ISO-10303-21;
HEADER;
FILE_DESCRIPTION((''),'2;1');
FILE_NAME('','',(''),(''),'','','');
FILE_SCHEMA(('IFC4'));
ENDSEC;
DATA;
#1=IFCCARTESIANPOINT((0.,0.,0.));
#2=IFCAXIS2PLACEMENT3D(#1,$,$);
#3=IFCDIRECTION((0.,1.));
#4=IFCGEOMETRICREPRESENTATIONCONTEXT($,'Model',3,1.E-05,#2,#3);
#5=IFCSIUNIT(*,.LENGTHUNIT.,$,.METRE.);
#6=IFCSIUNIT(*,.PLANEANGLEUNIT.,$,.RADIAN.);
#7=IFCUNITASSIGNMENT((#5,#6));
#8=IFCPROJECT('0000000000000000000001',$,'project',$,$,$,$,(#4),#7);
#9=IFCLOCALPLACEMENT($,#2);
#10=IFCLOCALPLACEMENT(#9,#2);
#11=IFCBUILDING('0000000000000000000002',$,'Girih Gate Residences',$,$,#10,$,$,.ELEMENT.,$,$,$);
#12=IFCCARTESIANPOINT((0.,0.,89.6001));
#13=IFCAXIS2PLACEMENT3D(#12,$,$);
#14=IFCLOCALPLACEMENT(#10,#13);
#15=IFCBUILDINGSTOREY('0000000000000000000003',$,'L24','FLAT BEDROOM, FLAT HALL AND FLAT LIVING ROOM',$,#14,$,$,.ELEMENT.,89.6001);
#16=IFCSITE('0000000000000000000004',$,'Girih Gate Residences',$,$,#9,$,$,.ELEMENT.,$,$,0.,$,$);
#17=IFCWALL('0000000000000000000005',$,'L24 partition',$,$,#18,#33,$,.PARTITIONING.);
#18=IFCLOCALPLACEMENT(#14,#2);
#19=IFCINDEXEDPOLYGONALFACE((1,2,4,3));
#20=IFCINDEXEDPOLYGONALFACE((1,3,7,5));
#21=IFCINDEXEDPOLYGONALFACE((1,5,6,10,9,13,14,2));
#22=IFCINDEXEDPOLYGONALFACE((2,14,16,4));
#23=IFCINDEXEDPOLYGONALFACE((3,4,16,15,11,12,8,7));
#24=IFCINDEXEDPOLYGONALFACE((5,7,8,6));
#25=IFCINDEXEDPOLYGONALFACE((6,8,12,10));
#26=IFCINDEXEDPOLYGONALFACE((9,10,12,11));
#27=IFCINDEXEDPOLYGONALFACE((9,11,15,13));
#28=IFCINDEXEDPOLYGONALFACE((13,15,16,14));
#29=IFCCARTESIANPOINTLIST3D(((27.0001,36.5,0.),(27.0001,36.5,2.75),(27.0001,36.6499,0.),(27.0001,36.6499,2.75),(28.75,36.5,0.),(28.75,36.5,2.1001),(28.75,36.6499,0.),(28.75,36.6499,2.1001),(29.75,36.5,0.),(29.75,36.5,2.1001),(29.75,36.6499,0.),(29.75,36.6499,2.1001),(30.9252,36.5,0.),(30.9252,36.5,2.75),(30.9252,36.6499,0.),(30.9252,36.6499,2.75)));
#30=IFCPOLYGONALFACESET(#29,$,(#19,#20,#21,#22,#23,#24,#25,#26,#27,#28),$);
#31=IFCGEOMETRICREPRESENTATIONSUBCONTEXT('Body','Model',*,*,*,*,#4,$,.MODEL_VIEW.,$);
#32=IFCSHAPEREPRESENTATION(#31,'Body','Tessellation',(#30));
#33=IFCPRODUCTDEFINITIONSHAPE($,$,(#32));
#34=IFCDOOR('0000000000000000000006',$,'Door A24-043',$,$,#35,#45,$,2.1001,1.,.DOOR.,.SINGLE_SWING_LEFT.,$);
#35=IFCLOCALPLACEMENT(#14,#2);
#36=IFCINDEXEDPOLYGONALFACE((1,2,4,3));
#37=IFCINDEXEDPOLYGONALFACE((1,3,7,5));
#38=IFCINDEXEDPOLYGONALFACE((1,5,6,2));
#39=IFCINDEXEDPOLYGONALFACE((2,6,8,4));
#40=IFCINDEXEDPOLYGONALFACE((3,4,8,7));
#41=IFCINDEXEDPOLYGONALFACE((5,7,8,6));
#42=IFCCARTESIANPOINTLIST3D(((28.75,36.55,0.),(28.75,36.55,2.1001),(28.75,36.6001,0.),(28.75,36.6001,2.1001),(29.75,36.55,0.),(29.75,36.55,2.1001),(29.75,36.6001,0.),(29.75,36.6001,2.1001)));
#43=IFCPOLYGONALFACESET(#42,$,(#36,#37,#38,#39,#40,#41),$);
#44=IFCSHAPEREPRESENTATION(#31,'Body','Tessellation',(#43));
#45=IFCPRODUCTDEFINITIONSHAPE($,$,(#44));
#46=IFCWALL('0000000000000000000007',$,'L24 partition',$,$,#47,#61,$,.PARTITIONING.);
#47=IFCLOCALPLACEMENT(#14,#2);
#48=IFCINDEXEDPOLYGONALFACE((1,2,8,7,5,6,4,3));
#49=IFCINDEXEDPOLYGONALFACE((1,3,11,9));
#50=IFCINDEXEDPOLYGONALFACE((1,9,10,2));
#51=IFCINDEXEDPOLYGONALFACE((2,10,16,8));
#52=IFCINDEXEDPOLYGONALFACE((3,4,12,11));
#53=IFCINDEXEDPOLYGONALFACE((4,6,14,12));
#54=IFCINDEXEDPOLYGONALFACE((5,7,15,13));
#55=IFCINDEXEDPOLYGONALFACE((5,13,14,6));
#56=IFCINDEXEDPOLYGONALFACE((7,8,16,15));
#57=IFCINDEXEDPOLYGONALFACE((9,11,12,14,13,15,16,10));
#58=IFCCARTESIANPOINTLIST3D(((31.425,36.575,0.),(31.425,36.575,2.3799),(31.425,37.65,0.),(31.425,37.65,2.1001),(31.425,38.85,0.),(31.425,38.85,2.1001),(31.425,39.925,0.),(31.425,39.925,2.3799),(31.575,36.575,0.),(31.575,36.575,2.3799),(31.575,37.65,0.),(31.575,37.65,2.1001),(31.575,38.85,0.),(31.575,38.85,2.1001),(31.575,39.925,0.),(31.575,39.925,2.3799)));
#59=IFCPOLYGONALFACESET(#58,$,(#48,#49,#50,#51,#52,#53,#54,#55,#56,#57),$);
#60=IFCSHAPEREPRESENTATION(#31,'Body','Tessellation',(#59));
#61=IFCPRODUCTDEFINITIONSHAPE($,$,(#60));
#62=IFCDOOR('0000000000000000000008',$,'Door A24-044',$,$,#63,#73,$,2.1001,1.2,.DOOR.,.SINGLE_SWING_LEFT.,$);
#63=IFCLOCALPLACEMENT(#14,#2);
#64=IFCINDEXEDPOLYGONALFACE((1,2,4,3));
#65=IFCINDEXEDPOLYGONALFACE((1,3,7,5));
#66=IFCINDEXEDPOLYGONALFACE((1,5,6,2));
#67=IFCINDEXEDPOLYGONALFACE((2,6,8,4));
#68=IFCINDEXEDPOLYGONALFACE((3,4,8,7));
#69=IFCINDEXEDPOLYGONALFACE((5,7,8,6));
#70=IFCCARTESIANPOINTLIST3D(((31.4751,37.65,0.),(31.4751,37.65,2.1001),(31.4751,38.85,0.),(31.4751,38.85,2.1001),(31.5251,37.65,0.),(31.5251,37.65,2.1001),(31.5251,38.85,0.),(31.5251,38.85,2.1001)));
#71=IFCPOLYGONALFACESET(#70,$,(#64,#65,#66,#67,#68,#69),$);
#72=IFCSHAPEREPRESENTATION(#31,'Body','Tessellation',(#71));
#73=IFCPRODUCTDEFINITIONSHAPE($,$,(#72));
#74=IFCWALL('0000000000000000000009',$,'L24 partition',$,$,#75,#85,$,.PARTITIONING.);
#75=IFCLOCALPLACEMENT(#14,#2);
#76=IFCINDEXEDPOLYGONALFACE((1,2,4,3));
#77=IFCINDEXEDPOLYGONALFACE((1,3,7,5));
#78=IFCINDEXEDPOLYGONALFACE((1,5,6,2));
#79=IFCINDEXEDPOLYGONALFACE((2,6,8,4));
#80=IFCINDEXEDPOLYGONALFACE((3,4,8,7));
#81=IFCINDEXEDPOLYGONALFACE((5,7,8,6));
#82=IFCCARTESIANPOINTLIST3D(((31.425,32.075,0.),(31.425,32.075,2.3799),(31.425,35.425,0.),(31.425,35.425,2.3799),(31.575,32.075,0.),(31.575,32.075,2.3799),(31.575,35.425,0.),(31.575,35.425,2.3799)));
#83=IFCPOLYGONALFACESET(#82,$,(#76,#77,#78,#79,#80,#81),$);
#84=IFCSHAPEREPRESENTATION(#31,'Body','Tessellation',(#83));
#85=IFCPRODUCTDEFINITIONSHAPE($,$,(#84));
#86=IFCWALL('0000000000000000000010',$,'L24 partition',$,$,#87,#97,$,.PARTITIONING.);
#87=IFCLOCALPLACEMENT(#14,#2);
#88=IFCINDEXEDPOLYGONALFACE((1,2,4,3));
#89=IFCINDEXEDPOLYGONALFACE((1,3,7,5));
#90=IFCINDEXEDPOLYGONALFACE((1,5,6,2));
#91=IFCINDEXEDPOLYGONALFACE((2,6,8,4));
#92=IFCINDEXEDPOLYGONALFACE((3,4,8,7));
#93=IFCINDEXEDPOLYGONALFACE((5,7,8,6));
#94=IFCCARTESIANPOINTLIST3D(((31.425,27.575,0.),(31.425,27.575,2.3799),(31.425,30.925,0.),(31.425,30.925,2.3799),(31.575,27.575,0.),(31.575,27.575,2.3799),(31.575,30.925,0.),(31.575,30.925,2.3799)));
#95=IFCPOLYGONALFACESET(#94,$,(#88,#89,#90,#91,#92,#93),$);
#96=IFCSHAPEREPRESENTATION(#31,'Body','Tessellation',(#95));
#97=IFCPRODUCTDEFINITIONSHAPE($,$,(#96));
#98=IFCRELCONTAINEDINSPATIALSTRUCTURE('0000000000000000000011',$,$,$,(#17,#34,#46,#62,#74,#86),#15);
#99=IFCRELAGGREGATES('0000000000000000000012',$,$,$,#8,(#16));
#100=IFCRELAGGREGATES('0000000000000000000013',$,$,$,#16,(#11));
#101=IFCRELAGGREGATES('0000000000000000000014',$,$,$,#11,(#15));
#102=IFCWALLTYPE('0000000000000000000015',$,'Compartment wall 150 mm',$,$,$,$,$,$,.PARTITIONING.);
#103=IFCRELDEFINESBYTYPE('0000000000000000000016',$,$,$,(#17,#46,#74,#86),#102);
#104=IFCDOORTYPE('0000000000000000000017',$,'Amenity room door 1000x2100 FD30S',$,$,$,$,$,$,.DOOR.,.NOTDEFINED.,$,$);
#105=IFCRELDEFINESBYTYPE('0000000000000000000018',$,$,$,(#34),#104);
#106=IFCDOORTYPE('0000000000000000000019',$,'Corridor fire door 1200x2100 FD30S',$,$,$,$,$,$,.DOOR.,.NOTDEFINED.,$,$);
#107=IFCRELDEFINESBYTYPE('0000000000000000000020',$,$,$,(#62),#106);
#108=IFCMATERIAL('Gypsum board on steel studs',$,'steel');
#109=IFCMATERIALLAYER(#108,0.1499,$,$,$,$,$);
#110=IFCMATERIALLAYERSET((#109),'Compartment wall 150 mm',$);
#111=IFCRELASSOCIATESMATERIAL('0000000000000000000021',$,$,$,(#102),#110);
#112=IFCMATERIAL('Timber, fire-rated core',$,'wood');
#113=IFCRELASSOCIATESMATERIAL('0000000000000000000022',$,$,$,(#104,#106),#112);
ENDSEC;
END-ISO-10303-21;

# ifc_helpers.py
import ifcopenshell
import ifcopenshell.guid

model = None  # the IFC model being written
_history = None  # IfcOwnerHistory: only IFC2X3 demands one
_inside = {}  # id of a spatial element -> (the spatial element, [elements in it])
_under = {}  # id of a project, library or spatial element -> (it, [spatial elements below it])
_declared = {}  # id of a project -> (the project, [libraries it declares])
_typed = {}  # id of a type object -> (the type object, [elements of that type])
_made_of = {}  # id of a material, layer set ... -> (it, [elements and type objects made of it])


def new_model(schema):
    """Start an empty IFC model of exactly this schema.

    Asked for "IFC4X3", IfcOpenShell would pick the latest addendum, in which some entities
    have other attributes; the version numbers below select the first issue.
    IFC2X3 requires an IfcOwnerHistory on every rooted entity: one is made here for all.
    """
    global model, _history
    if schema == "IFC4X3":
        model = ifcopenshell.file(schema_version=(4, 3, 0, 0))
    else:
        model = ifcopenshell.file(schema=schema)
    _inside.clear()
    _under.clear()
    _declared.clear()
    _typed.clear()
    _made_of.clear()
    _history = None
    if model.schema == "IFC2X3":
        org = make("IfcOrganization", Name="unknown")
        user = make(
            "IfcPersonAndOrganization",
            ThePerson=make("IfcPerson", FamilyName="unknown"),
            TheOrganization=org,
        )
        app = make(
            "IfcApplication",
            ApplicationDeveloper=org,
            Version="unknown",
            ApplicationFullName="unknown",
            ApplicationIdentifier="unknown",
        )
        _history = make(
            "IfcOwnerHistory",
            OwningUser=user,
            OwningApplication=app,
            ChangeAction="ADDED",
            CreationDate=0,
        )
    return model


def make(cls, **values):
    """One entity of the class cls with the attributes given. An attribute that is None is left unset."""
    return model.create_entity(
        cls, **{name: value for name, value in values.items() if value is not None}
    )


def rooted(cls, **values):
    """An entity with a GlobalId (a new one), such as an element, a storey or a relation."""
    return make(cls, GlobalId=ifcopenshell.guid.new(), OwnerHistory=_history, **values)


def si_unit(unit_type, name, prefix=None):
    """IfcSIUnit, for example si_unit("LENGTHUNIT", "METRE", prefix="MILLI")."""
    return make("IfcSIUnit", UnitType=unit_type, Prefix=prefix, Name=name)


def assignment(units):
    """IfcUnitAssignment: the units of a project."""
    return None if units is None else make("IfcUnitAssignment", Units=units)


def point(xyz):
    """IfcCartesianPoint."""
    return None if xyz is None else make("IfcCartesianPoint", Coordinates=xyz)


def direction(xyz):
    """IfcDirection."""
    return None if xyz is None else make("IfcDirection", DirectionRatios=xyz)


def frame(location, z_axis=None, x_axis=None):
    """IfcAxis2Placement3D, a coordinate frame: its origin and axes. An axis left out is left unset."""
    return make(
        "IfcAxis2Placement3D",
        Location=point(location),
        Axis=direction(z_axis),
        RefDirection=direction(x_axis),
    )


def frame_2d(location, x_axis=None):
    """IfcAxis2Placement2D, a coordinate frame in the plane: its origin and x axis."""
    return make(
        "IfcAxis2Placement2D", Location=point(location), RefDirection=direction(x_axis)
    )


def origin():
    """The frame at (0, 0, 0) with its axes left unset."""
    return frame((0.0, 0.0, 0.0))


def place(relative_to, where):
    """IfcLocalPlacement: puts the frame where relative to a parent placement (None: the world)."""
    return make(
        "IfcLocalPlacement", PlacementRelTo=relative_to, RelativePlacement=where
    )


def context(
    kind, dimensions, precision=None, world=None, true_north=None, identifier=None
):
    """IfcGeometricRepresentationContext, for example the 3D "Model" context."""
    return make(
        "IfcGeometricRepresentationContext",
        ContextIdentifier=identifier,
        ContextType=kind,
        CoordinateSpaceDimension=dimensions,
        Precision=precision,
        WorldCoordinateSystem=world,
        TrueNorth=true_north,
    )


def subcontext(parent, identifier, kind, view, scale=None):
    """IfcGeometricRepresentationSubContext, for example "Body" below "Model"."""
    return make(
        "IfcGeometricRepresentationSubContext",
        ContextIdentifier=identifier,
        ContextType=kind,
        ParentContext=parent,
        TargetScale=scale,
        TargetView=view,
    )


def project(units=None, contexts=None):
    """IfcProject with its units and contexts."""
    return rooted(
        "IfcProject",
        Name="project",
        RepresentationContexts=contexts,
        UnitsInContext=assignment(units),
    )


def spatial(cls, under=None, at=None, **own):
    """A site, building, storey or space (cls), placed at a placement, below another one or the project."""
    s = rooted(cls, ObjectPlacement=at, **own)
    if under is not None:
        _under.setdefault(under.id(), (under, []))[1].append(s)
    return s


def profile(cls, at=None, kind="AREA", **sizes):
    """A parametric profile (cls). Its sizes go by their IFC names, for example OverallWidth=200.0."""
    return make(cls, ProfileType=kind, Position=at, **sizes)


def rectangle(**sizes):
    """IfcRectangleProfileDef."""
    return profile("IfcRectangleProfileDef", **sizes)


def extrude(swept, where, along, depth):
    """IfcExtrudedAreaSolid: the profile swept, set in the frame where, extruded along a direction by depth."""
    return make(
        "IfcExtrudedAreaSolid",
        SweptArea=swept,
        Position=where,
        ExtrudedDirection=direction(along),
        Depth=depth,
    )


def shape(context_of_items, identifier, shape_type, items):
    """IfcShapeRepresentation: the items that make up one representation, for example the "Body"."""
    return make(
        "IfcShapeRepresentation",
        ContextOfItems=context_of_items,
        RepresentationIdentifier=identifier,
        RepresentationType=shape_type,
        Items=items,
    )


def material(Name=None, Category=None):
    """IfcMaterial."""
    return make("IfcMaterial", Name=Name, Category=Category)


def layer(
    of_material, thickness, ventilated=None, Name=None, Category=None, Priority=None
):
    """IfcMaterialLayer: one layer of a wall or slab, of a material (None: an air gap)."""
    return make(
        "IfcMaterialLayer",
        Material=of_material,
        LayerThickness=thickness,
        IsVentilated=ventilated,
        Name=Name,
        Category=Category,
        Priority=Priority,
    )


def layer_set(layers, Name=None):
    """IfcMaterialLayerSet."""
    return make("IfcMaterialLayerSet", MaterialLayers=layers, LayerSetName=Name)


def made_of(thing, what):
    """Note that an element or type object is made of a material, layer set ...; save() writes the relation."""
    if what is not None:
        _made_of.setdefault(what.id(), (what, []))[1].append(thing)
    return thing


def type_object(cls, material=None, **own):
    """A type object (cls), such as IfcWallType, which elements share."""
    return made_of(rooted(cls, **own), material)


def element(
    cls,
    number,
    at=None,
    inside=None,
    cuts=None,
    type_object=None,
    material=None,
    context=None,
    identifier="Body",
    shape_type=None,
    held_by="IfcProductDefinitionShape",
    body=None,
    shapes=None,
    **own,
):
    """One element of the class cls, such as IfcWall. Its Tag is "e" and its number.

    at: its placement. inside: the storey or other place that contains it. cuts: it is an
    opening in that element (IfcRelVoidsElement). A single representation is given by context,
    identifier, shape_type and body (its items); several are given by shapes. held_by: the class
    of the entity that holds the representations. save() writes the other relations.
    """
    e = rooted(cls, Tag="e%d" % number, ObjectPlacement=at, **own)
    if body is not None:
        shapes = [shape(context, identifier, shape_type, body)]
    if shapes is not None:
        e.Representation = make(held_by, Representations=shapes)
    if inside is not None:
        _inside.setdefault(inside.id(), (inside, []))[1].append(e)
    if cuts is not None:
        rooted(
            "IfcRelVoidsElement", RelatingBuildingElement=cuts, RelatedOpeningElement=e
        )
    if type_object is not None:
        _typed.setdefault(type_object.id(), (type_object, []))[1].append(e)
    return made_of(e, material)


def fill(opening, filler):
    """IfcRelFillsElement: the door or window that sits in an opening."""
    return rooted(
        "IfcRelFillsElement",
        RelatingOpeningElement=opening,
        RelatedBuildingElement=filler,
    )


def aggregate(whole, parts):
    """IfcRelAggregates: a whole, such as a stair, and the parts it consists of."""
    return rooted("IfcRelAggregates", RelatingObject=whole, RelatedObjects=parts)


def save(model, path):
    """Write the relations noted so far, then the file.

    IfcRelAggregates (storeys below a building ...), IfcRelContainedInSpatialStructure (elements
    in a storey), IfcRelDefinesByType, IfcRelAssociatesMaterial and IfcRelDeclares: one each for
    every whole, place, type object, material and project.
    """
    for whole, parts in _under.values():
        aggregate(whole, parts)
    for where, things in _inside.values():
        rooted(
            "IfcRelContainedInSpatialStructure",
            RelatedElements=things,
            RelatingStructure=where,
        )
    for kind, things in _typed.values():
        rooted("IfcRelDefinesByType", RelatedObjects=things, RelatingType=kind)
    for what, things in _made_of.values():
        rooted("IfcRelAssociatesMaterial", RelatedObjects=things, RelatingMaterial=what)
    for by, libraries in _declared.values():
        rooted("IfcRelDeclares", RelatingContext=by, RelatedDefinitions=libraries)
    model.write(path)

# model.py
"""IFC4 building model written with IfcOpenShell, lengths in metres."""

from ifc_helpers import new_model, si_unit, direction, frame, frame_2d, origin, place, context, subcontext, project, spatial, rectangle, extrude, material, layer, layer_set, type_object, element, fill, save


model = new_model("IFC4")

# Units and contexts
model_context = context("Model", 3, precision=1e-05, world=origin(), true_north=direction((0.0, 1.0)))
body_context = subcontext(model_context, "Body", "Model", "MODEL_VIEW")
ifc_project = project(units=[si_unit("LENGTHUNIT", "METRE"), si_unit("PLANEANGLEUNIT", "RADIAN")], contexts=[model_context])

# Site, building, storey
site_placement = place(None, origin())
site = spatial("IfcSite", under=ifc_project, at=site_placement, Name="Girih Gate Residences", CompositionType="ELEMENT", RefElevation=0.0)
building_placement = place(site_placement, origin())
building = spatial("IfcBuilding", under=site, at=building_placement, Name="Girih Gate Residences", CompositionType="ELEMENT")
storey_placement = place(building_placement, frame((0.0, 0.0, 89.6001)))
storey = spatial("IfcBuildingStorey", under=building, at=storey_placement, Name="L24", Description="FLAT BEDROOM, FLAT HALL AND FLAT LIVING ROOM", CompositionType="ELEMENT", Elevation=89.6001)

# Walls, openings, doors
ifc_material_1 = material(Name="Gypsum board on steel studs", Category="steel")
ifc_layer = layer(ifc_material_1, 0.1499)
ifc_layer_set = layer_set([ifc_layer], Name="Compartment wall 150 mm")
wall_type = type_object("IfcWallType", Name="Compartment wall 150 mm", PredefinedType="PARTITIONING", material=ifc_layer_set)
ifc_material_2 = material(Name="Timber, fire-rated core", Category="wood")
door_type_1 = type_object("IfcDoorType", Name="Amenity room door 1000x2100 FD30S", OperationType="NOTDEFINED", PredefinedType="DOOR", material=ifc_material_2)
wall_1_placement = place(storey_placement, frame((30.925, 36.575, 0.0), z_axis=(0.0, 0.0, 1.0), x_axis=(-1.0, 0.0, 0.0)))
wall_1 = element("IfcWall", 1, at=wall_1_placement, inside=storey, type_object=wall_type, Name="L24 partition", PredefinedType="PARTITIONING", context=body_context, shape_type="SweptSolid", body=[
    extrude(rectangle(XDim=3.925, YDim=0.1499, at=frame_2d((1.9624, 0.0))), origin(), (0.0, 0.0, 1.0), 2.75),
])
opening_1_placement = place(wall_1_placement, frame((1.175, 0.0, 0.0)))
opening_1 = element("IfcOpeningElement", 2, at=opening_1_placement, cuts=wall_1, PredefinedType="OPENING", context=body_context, shape_type="SweptSolid", body=[
    extrude(rectangle(XDim=1.0, YDim=2.1001, at=frame_2d((0.5, 1.05))), frame((0.0, 0.085, 0.0), z_axis=(0.0, -1.0, 0.0), x_axis=(1.0, 0.0, 0.0)), (0.0, 0.0, 1.0), 0.1699),
])
door_1_placement = place(opening_1_placement, origin())
door_1 = element("IfcDoor", 3, at=door_1_placement, inside=storey, type_object=door_type_1, Name="Door A24-043", OperationType="SINGLE_SWING_LEFT", OverallHeight=2.1001, OverallWidth=1.0, PredefinedType="DOOR", context=body_context, shape_type="SweptSolid", body=[
    extrude(rectangle(XDim=1.0, YDim=2.1001, at=frame_2d((0.5, 1.05))), frame((0.0, 0.0249, 0.0), z_axis=(0.0, -1.0, 0.0), x_axis=(1.0, 0.0, 0.0)), (0.0, 0.0, 1.0), 0.05),
])
fill(opening_1, door_1)
wall_2_placement = place(storey_placement, frame((31.5, 36.575, 0.0), z_axis=(0.0, 0.0, 1.0), x_axis=(0.0, 1.0, 0.0)))
wall_2 = element("IfcWall", 4, at=wall_2_placement, inside=storey, type_object=wall_type, Name="L24 partition", PredefinedType="PARTITIONING", context=body_context, shape_type="SweptSolid", body=[
    extrude(rectangle(XDim=3.3501, YDim=0.1499, at=frame_2d((1.675, 0.0))), origin(), (0.0, 0.0, 1.0), 2.3799),
])
opening_2_placement = place(wall_2_placement, frame((1.075, 0.0, 0.0)))
opening_2 = element("IfcOpeningElement", 5, at=opening_2_placement, cuts=wall_2, PredefinedType="OPENING", context=body_context, shape_type="SweptSolid", body=[
    extrude(rectangle(XDim=1.2, YDim=2.1001, at=frame_2d((0.6001, 1.05))), frame((0.0, 0.085, 0.0), z_axis=(0.0, -1.0, 0.0), x_axis=(1.0, 0.0, 0.0)), (0.0, 0.0, 1.0), 0.1699),
])
door_type_2 = type_object("IfcDoorType", Name="Corridor fire door 1200x2100 FD30S", OperationType="NOTDEFINED", PredefinedType="DOOR", material=ifc_material_2)
door_2_placement = place(opening_2_placement, origin())
door_2 = element("IfcDoor", 6, at=door_2_placement, inside=storey, type_object=door_type_2, Name="Door A24-044", OperationType="SINGLE_SWING_LEFT", OverallHeight=2.1001, OverallWidth=1.2, PredefinedType="DOOR", context=body_context, shape_type="SweptSolid", body=[
    extrude(rectangle(XDim=1.2, YDim=2.1001, at=frame_2d((0.6001, 1.05))), frame((0.0, 0.0249, 0.0), z_axis=(0.0, -1.0, 0.0), x_axis=(1.0, 0.0, 0.0)), (0.0, 0.0, 1.0), 0.05),
])
fill(opening_2, door_2)

# Walls
for number, where, z_axis, x_axis, name in (
    (7, (31.5, 32.075, 0.0), (0.0, 0.0, 1.0), (0.0, 1.0, 0.0), "L24 partition"),
    (8, (31.5, 27.575, 0.0), (0.0, 0.0, 1.0), (0.0, 1.0, 0.0), "L24 partition"),
):
    element("IfcWall", number, at=place(storey_placement, frame(where, z_axis=z_axis, x_axis=x_axis)), inside=storey, type_object=wall_type, Name=name, PredefinedType="PARTITIONING", context=body_context, shape_type="SweptSolid", body=[
        extrude(rectangle(XDim=3.3501, YDim=0.1499, at=frame_2d((1.675, 0.0))), origin(), (0.0, 0.0, 1.0), 2.3799),
    ])

save(model, "model.ifc")
